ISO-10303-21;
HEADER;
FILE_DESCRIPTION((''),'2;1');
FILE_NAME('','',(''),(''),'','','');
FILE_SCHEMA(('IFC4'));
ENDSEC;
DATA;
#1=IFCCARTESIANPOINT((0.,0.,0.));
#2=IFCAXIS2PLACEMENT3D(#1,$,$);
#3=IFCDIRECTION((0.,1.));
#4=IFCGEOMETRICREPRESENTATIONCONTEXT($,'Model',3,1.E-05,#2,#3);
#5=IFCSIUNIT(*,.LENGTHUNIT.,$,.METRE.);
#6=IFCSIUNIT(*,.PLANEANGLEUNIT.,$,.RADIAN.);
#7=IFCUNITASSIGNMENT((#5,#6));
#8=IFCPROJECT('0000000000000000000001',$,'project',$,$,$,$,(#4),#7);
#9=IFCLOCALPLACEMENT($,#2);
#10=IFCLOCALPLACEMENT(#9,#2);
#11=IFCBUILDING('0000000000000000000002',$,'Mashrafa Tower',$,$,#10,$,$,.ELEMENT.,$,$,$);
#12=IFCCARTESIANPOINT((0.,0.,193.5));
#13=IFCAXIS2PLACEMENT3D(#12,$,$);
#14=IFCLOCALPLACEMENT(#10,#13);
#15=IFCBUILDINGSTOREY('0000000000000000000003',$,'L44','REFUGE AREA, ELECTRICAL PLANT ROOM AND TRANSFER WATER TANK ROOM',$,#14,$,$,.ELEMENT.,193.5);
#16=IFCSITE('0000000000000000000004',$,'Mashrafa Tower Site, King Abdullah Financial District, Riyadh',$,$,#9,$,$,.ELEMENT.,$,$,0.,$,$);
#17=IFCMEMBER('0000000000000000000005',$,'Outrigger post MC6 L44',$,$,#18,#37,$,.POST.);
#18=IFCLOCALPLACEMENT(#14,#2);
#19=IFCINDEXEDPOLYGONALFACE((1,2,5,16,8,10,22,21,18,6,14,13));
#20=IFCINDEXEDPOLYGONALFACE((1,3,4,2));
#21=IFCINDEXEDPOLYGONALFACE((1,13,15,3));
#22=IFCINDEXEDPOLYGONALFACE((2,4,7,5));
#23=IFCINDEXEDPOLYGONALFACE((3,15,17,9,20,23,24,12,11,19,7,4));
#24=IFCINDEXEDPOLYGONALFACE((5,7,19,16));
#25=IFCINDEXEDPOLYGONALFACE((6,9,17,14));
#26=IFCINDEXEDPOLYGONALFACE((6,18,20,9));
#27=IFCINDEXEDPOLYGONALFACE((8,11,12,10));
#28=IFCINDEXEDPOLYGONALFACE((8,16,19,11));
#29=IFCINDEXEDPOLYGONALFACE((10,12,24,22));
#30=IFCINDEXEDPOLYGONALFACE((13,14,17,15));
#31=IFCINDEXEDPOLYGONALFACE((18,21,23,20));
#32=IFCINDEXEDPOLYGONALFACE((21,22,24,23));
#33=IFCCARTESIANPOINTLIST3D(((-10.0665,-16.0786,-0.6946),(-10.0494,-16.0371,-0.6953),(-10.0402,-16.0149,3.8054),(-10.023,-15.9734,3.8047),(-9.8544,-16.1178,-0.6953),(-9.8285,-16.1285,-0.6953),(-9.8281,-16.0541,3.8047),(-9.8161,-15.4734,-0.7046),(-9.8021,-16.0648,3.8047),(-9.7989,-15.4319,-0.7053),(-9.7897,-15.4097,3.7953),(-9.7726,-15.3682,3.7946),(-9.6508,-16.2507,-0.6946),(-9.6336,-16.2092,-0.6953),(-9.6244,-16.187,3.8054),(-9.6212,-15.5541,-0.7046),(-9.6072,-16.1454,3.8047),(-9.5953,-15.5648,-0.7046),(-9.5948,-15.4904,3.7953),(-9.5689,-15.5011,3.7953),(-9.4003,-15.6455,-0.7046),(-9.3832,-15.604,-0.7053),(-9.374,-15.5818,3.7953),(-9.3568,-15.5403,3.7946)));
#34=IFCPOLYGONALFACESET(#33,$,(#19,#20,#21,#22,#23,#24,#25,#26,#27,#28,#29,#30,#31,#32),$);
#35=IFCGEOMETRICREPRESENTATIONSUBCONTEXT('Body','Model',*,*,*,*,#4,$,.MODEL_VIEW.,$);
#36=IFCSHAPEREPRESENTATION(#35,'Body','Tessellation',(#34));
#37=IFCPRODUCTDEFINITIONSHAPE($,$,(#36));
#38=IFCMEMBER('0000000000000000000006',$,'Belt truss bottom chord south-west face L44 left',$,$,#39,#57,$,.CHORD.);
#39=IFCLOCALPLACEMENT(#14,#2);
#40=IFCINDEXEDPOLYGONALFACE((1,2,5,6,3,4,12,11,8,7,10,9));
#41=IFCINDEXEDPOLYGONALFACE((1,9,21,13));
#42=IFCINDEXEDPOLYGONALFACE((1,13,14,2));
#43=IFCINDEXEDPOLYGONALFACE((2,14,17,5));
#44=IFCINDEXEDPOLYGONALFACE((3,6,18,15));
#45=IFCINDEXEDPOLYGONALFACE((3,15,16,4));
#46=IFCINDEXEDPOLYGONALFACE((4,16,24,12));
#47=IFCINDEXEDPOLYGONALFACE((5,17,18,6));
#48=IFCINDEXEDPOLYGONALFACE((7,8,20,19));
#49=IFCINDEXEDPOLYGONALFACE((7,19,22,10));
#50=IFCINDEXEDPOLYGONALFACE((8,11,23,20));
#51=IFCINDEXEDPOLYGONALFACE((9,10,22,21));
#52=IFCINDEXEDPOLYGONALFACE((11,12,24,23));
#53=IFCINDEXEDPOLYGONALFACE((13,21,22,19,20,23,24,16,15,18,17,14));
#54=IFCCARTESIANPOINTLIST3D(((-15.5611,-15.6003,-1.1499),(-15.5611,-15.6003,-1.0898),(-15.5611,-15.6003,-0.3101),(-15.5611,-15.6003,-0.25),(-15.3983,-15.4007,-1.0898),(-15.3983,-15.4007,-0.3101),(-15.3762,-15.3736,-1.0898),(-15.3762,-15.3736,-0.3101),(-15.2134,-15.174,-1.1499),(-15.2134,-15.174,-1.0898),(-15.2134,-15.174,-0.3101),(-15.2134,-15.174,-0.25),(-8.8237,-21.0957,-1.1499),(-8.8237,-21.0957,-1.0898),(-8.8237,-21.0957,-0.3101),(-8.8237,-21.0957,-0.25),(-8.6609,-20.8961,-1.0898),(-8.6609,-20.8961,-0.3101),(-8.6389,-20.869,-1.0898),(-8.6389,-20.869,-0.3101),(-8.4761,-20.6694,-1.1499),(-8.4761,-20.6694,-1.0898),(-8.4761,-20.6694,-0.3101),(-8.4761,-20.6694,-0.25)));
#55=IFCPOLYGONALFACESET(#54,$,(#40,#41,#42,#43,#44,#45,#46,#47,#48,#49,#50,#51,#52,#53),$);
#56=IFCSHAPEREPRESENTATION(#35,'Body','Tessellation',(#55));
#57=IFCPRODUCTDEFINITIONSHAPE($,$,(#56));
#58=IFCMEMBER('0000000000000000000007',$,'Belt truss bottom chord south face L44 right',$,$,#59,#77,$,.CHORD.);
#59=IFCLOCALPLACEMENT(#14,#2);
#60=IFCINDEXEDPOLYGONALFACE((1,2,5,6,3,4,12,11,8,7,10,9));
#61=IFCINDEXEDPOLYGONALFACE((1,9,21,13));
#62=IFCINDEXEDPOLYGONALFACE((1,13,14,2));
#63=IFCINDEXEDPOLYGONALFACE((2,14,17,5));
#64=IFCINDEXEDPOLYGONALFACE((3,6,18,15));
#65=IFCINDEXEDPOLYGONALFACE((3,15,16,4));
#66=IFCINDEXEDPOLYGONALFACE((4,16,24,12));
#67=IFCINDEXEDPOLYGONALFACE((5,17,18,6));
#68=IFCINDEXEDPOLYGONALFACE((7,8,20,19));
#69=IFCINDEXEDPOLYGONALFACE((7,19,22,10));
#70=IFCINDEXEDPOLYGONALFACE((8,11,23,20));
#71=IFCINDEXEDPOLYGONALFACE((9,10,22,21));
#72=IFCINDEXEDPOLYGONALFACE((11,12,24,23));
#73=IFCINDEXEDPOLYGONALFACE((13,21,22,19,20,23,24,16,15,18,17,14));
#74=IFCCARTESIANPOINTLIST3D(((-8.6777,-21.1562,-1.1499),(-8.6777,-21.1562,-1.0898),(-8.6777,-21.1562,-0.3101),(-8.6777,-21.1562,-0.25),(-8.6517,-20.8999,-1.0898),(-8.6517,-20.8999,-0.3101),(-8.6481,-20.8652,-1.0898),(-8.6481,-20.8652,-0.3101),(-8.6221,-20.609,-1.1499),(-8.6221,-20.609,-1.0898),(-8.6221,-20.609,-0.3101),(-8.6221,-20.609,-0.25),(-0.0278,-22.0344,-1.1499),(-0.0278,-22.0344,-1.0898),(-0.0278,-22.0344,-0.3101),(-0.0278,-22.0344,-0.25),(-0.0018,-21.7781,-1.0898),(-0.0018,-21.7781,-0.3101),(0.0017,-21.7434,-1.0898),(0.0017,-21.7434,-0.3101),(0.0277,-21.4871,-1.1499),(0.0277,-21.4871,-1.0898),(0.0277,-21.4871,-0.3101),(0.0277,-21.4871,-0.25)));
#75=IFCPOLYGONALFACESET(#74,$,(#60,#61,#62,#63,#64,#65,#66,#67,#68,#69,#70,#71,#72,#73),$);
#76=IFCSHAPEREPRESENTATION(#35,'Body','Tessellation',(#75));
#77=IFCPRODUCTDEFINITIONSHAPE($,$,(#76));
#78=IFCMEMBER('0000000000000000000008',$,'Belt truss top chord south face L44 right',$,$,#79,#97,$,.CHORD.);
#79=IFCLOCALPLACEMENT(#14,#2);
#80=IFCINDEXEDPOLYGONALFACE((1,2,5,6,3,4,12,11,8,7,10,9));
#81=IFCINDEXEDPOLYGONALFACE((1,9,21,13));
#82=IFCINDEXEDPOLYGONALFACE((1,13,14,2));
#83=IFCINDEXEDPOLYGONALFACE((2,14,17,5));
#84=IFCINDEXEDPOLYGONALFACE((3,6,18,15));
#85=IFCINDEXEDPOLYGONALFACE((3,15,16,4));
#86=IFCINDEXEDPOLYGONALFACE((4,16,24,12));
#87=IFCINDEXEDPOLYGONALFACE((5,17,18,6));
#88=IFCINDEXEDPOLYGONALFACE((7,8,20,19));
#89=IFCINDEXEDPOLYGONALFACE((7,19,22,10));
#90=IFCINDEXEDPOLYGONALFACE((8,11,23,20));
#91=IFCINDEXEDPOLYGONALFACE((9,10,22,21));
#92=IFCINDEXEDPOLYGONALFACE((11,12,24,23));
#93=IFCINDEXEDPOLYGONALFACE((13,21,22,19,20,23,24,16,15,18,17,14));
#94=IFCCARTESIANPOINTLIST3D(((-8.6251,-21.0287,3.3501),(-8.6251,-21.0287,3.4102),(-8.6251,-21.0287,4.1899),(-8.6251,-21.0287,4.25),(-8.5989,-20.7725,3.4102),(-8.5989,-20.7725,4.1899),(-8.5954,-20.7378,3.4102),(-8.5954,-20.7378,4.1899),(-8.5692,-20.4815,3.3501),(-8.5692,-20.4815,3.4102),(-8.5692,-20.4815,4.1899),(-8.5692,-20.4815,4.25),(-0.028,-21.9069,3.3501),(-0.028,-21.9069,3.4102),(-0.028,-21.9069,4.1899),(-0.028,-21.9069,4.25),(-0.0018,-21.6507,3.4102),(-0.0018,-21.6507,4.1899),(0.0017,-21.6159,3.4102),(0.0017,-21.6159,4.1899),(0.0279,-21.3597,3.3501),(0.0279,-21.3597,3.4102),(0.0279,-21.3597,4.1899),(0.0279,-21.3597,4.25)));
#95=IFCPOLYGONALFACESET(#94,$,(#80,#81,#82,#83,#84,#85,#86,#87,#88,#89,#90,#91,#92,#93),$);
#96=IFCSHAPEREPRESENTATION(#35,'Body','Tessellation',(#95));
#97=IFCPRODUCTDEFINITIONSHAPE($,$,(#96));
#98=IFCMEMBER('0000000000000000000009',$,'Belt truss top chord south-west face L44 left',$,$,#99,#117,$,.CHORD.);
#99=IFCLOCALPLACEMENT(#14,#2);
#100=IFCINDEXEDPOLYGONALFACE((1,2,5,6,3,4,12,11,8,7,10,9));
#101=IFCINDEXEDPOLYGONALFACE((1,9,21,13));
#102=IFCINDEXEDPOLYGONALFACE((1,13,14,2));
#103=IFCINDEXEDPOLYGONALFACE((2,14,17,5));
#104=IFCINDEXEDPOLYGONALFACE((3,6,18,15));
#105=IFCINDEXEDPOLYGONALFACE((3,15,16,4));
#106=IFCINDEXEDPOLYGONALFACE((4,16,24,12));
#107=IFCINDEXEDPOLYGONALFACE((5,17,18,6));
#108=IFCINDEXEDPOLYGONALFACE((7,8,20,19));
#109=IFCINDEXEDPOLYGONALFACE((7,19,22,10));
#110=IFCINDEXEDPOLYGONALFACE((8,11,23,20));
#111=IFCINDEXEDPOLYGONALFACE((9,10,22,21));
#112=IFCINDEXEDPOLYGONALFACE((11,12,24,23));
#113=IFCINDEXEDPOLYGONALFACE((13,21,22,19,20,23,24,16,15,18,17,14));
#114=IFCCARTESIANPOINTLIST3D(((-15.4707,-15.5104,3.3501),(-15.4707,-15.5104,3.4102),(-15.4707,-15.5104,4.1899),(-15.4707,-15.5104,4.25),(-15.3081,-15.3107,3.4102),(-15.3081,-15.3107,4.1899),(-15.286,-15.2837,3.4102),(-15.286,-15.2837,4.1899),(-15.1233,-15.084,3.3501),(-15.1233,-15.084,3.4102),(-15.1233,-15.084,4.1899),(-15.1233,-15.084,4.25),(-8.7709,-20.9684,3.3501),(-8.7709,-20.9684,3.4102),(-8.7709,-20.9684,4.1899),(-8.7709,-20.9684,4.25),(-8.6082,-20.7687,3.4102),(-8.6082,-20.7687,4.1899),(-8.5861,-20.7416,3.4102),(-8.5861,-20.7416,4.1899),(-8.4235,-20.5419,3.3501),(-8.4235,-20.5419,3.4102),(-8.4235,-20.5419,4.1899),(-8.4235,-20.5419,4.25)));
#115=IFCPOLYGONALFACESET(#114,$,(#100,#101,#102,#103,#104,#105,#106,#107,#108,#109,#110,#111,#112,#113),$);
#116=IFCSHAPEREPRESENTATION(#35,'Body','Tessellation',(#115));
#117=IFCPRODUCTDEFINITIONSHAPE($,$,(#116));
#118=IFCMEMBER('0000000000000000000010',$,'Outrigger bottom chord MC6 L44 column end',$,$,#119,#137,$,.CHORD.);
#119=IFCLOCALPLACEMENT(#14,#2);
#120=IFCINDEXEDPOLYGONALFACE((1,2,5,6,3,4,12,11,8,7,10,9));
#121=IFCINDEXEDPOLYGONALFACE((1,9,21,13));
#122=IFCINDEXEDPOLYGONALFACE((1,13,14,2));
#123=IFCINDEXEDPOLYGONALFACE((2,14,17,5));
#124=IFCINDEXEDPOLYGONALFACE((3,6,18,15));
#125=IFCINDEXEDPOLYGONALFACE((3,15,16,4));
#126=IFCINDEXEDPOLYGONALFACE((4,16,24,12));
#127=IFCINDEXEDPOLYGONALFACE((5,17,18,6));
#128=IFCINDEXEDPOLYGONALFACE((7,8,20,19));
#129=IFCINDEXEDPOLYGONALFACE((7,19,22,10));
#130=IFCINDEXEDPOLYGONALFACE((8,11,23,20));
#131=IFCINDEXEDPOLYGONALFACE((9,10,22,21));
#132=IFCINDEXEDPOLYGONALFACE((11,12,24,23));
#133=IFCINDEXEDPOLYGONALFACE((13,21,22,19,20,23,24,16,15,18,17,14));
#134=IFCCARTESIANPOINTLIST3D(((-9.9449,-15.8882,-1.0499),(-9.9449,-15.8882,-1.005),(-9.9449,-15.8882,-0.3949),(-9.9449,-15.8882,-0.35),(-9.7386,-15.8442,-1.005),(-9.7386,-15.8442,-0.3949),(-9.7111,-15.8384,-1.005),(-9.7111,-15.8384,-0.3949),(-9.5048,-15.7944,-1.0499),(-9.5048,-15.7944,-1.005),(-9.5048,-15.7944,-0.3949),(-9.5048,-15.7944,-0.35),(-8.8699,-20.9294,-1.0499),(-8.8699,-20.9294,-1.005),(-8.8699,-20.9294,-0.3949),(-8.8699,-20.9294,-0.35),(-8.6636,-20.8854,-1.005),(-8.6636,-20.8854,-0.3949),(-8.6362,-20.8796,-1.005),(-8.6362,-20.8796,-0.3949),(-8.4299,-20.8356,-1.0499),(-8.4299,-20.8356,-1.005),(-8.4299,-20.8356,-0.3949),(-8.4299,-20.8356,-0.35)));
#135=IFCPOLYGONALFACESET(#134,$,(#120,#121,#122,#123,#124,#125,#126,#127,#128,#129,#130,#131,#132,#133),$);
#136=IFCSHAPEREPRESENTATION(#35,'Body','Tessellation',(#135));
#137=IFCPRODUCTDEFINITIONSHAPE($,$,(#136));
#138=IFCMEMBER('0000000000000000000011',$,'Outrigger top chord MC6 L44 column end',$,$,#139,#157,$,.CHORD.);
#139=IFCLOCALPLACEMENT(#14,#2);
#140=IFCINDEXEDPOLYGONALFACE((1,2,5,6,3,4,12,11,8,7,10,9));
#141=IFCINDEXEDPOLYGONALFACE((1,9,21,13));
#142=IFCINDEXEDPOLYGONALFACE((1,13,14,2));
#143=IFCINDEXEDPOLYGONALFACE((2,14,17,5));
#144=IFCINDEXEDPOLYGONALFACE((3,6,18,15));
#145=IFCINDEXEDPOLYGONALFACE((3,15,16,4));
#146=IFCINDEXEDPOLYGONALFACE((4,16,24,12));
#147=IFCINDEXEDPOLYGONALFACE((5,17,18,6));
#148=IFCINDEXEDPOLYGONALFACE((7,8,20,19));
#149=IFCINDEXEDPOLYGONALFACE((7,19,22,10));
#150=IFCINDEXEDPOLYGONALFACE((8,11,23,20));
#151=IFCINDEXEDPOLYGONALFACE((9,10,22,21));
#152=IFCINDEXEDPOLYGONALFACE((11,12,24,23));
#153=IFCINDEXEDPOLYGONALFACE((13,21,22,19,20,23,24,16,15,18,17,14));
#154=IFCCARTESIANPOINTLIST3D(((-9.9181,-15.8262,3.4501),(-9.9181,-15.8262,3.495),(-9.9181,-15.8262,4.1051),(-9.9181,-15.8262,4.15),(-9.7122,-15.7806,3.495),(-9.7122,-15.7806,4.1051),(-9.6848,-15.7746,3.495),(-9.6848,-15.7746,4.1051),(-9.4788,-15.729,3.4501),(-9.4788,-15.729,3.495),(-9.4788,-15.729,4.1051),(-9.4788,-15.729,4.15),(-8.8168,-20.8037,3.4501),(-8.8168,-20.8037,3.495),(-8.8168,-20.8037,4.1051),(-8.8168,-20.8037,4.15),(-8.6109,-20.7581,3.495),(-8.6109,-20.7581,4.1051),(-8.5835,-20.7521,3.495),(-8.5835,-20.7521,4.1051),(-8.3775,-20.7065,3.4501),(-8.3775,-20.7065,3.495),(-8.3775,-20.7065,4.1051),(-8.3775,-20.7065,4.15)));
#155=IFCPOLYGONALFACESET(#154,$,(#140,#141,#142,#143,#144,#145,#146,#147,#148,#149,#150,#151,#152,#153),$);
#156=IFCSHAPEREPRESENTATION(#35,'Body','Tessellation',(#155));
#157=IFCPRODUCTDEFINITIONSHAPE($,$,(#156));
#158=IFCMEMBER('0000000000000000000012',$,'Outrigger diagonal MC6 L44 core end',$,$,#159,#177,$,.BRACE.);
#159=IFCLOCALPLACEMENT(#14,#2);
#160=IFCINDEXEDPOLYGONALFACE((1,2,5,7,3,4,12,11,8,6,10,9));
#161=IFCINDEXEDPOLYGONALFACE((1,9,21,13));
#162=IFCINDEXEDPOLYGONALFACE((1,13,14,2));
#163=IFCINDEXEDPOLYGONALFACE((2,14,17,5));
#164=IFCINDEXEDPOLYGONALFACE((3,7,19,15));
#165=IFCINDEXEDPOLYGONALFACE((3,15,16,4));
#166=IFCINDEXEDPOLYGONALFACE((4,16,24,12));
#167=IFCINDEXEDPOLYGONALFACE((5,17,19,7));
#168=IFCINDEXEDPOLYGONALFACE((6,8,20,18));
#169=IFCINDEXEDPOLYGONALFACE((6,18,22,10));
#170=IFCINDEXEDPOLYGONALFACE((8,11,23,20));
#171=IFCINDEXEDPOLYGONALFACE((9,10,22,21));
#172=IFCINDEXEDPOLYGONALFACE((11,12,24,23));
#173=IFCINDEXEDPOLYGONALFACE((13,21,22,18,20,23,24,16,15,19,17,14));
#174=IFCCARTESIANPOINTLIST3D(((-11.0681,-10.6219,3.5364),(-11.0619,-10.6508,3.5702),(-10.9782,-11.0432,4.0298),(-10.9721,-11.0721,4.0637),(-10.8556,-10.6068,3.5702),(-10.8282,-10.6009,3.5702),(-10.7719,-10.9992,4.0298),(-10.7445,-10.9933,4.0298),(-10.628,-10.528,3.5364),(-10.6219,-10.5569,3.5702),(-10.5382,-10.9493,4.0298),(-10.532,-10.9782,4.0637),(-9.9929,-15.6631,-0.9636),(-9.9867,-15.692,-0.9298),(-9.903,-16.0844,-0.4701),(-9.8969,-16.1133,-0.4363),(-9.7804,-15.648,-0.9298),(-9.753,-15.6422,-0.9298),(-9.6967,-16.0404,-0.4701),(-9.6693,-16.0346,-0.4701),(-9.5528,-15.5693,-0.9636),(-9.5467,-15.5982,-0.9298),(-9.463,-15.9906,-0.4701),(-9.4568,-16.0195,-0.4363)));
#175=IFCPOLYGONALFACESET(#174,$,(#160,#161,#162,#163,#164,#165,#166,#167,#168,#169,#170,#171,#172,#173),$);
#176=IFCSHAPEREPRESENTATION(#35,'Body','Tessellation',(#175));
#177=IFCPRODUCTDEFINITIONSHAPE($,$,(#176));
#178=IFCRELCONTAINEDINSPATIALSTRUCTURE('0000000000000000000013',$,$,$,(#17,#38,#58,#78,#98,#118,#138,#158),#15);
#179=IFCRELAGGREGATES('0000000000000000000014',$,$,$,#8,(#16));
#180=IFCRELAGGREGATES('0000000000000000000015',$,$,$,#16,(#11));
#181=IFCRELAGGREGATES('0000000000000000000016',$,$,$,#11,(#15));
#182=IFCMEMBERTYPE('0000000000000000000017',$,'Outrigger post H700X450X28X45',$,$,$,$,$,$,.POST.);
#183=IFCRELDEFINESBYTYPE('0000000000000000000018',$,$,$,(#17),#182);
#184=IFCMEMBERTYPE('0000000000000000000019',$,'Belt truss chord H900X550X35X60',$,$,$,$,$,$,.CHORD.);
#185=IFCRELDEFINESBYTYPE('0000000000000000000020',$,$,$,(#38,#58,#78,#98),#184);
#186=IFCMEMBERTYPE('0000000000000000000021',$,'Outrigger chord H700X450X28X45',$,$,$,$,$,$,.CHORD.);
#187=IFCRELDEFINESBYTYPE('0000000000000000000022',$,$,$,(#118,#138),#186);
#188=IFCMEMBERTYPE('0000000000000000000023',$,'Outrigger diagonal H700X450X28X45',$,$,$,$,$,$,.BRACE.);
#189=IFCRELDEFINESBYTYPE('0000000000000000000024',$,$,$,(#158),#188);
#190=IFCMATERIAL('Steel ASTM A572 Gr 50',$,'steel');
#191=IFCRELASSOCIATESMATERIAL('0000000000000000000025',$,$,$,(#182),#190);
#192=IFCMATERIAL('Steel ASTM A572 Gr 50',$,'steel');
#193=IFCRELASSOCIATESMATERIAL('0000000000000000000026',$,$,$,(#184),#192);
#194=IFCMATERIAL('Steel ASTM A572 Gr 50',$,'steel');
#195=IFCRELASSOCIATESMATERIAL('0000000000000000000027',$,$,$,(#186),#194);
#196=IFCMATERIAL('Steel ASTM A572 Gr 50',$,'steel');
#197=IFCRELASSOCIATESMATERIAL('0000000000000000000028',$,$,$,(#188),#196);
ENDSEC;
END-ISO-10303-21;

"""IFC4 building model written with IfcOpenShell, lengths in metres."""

from ifc_helpers import new_model, si_unit, direction, frame, origin, origin_2d, place, context, subcontext, project, spatial, i_section, extrude, source, transform, mapped, material, material_profile, profile_set, type_object, type_shapes, element, save


model = new_model("IFC4")

# Units and contexts
model_context = context("Model", 3, precision=1e-05, world=origin(), true_north=direction((0.0, 1.0)))
body_context = subcontext(model_context, "Body", "Model", "MODEL_VIEW")
ifc_project = project(units=[si_unit("LENGTHUNIT", "METRE"), si_unit("PLANEANGLEUNIT", "RADIAN")], contexts=[model_context])

# Site, building, storey
site_placement = place(None, origin())
site = spatial("IfcSite", under=ifc_project, at=site_placement, Name="Mashrafa Tower Site, King Abdullah Financial District, Riyadh", CompositionType="ELEMENT", RefElevation=0.0)
building_placement = place(site_placement, origin())
building = spatial("IfcBuilding", under=site, at=building_placement, Name="Mashrafa Tower", CompositionType="ELEMENT")
storey_placement = place(building_placement, frame((0.0, 0.0, 193.5)))
storey = spatial("IfcBuildingStorey", under=building, at=storey_placement, Name="L44", Description="REFUGE AREA, ELECTRICAL PLANT ROOM AND TRANSFER WATER TANK ROOM", CompositionType="ELEMENT", Elevation=193.5)

# Members
ifc_material_1 = material(Name="Steel ASTM A572 Gr 50", Category="steel")
ifc_material_profile_1 = material_profile(ifc_material_1, i_section(OverallWidth=0.45, OverallDepth=0.7, WebThickness=0.0281, FlangeThickness=0.0449, at=origin_2d()), Name="H700X450X28X45")
ifc_profile_set_1 = profile_set([ifc_material_profile_1], Name="Steel ASTM A572 Gr 50")
member_type_1 = type_object("IfcMemberType", Name="Outrigger post H700X450X28X45", PredefinedType="POST", material=ifc_profile_set_1)
shared_shape_1 = source(origin(), body_context, "Body", "SweptSolid", [
    extrude(i_section(OverallWidth=0.45, OverallDepth=0.7, WebThickness=0.0281, FlangeThickness=0.0449, at=origin_2d()), origin(), (0.0, 0.0, 1.0), 4.5005),
])
type_shapes(member_type_1, [shared_shape_1])
member_1_placement = place(storey_placement, frame((-9.7249, -15.8413, -0.7), z_axis=(0.005859, 0.014158, 0.999883), x_axis=(-0.924017, 0.382352, 0.0)))
element("IfcMember", 1, at=member_1_placement, inside=storey, type_object=member_type_1, Name="Outrigger post MC6 L44", PredefinedType="POST", context=body_context, shape_type="MappedRepresentation", body=[
    mapped(shared_shape_1, transform((0.0, 0.0, 0.0))),
])
ifc_material_2 = material(Name="Steel ASTM A572 Gr 50", Category="steel")
ifc_material_profile_2 = material_profile(ifc_material_2, i_section(OverallWidth=0.55, OverallDepth=0.8999, WebThickness=0.0349, FlangeThickness=0.0601, at=origin_2d()), Name="H900X550X35X60")
ifc_profile_set_2 = profile_set([ifc_material_profile_2], Name="Steel ASTM A572 Gr 50")
member_type_2 = type_object("IfcMemberType", Name="Belt truss chord H900X550X35X60", PredefinedType="CHORD", material=ifc_profile_set_2)
shared_shape_2 = source(origin(), body_context, "Body", "SweptSolid", [
    extrude(i_section(OverallWidth=0.55, OverallDepth=0.8999, WebThickness=0.0349, FlangeThickness=0.0601, at=origin_2d()), origin(), (0.0, 0.0, 1.0), 8.6943),
])
for number, where, z_axis, x_axis, name in (
    (2, (-8.6499, -20.8826, -0.7), (-0.774914, 0.632067, 0.0), (-0.632067, -0.774914, 0.0), "Belt truss bottom chord south-west face L44 left"),
    (3, (-8.6499, -20.8826, -0.7), (0.994886, -0.101005, 0.0), (0.101005, 0.994886, 0.0), "Belt truss bottom chord south face L44 right"),
):
    element("IfcMember", number, at=place(storey_placement, frame(where, z_axis=z_axis, x_axis=x_axis)), inside=storey, type_object=member_type_2, Name=name, PredefinedType="CHORD", context=body_context, shape_type="MappedRepresentation", body=[
        mapped(shared_shape_2, transform((0.0, 0.0, 0.0))),
    ])
shared_shape_3 = source(origin(), body_context, "Body", "SweptSolid", [
    extrude(i_section(OverallWidth=0.55, OverallDepth=0.8999, WebThickness=0.0349, FlangeThickness=0.0601, at=origin_2d()), origin(), (0.0, 0.0, 1.0), 8.6418),
])
member_2_placement = place(storey_placement, frame((-8.5972, -20.7551, 3.8), z_axis=(0.994823, -0.101618, 0.0), x_axis=(0.101618, 0.994823, 0.0)))
element("IfcMember", 4, at=member_2_placement, inside=storey, type_object=member_type_2, Name="Belt truss top chord south face L44 right", PredefinedType="CHORD", context=body_context, shape_type="MappedRepresentation", body=[
    mapped(shared_shape_3, transform((0.0, 0.0, 0.0))),
])
shared_shape_4 = source(origin(), body_context, "Body", "SweptSolid", [
    extrude(i_section(OverallWidth=0.55, OverallDepth=0.8999, WebThickness=0.0349, FlangeThickness=0.0601, at=origin_2d()), origin(), (0.0, 0.0, 1.0), 8.6416),
])
type_shapes(member_type_2, [shared_shape_2, shared_shape_3, shared_shape_4])
member_3_placement = place(storey_placement, frame((-8.5972, -20.7551, 3.8), z_axis=(-0.775304, 0.631589, 0.0), x_axis=(-0.631589, -0.775304, 0.0)))
element("IfcMember", 5, at=member_3_placement, inside=storey, type_object=member_type_2, Name="Belt truss top chord south-west face L44 left", PredefinedType="CHORD", context=body_context, shape_type="MappedRepresentation", body=[
    mapped(shared_shape_4, transform((0.0, 0.0, 0.0))),
])
ifc_material_3 = material(Name="Steel ASTM A572 Gr 50", Category="steel")
ifc_material_profile_3 = material_profile(ifc_material_3, i_section(OverallWidth=0.45, OverallDepth=0.7, WebThickness=0.0281, FlangeThickness=0.0449, at=origin_2d()), Name="H700X450X28X45")
ifc_profile_set_3 = profile_set([ifc_material_profile_3], Name="Steel ASTM A572 Gr 50")
member_type_3 = type_object("IfcMemberType", Name="Outrigger chord H700X450X28X45", PredefinedType="CHORD", material=ifc_profile_set_3)
shared_shape_5 = source(origin(), body_context, "Body", "SweptSolid", [
    extrude(i_section(OverallWidth=0.45, OverallDepth=0.7, WebThickness=0.0281, FlangeThickness=0.0449, at=origin_2d()), origin(), (0.0, 0.0, 1.0), 5.1545),
])
member_4_placement = place(storey_placement, frame((-9.7249, -15.8413, -0.7), z_axis=(0.208542, -0.978013, 0.0), x_axis=(0.978013, 0.208542, 0.0)))
element("IfcMember", 6, at=member_4_placement, inside=storey, type_object=member_type_3, Name="Outrigger bottom chord MC6 L44 column end", PredefinedType="CHORD", context=body_context, shape_type="MappedRepresentation", body=[
    mapped(shared_shape_5, transform((0.0, 0.0, 0.0))),
])
shared_shape_6 = source(origin(), body_context, "Body", "SweptSolid", [
    extrude(i_section(OverallWidth=0.45, OverallDepth=0.7, WebThickness=0.0281, FlangeThickness=0.0449, at=origin_2d()), origin(), (0.0, 0.0, 1.0), 5.0979),
])
type_shapes(member_type_3, [shared_shape_5, shared_shape_6])
member_5_placement = place(storey_placement, frame((-9.6985, -15.7776, 3.8), z_axis=(0.216033, -0.976386, 0.0), x_axis=(0.976386, 0.216033, 0.0)))
element("IfcMember", 7, at=member_5_placement, inside=storey, type_object=member_type_3, Name="Outrigger top chord MC6 L44 column end", PredefinedType="CHORD", context=body_context, shape_type="MappedRepresentation", body=[
    mapped(shared_shape_6, transform((0.0, 0.0, 0.0))),
])
ifc_material_4 = material(Name="Steel ASTM A572 Gr 50", Category="steel")
ifc_material_profile_4 = material_profile(ifc_material_4, i_section(OverallWidth=0.45, OverallDepth=0.7, WebThickness=0.0281, FlangeThickness=0.0449, at=origin_2d()), Name="H700X450X28X45")
ifc_profile_set_4 = profile_set([ifc_material_profile_4], Name="Steel ASTM A572 Gr 50")
member_type_4 = type_object("IfcMemberType", Name="Outrigger diagonal H700X450X28X45", PredefinedType="BRACE", material=ifc_profile_set_4)
shared_shape_7 = source(origin(), body_context, "Body", "SweptSolid", [
    extrude(i_section(OverallWidth=0.45, OverallDepth=0.7, WebThickness=0.0281, FlangeThickness=0.0449, at=origin_2d()), origin(), (0.0, 0.0, 1.0), 6.8425),
])
member_6_placement = place(storey_placement, frame((-9.7249, -15.8413, -0.7), z_axis=(-0.157134, 0.736753, 0.657651), x_axis=(-0.978004, -0.208588, 0.0)))
element("IfcMember", 8, at=member_6_placement, inside=storey, type_object=member_type_4, Name="Outrigger diagonal MC6 L44 core end", PredefinedType="BRACE", context=body_context, shape_type="MappedRepresentation", body=[
    mapped(shared_shape_7, transform((0.0, 0.0, 0.0))),
])

save(model, "model.ifc")
